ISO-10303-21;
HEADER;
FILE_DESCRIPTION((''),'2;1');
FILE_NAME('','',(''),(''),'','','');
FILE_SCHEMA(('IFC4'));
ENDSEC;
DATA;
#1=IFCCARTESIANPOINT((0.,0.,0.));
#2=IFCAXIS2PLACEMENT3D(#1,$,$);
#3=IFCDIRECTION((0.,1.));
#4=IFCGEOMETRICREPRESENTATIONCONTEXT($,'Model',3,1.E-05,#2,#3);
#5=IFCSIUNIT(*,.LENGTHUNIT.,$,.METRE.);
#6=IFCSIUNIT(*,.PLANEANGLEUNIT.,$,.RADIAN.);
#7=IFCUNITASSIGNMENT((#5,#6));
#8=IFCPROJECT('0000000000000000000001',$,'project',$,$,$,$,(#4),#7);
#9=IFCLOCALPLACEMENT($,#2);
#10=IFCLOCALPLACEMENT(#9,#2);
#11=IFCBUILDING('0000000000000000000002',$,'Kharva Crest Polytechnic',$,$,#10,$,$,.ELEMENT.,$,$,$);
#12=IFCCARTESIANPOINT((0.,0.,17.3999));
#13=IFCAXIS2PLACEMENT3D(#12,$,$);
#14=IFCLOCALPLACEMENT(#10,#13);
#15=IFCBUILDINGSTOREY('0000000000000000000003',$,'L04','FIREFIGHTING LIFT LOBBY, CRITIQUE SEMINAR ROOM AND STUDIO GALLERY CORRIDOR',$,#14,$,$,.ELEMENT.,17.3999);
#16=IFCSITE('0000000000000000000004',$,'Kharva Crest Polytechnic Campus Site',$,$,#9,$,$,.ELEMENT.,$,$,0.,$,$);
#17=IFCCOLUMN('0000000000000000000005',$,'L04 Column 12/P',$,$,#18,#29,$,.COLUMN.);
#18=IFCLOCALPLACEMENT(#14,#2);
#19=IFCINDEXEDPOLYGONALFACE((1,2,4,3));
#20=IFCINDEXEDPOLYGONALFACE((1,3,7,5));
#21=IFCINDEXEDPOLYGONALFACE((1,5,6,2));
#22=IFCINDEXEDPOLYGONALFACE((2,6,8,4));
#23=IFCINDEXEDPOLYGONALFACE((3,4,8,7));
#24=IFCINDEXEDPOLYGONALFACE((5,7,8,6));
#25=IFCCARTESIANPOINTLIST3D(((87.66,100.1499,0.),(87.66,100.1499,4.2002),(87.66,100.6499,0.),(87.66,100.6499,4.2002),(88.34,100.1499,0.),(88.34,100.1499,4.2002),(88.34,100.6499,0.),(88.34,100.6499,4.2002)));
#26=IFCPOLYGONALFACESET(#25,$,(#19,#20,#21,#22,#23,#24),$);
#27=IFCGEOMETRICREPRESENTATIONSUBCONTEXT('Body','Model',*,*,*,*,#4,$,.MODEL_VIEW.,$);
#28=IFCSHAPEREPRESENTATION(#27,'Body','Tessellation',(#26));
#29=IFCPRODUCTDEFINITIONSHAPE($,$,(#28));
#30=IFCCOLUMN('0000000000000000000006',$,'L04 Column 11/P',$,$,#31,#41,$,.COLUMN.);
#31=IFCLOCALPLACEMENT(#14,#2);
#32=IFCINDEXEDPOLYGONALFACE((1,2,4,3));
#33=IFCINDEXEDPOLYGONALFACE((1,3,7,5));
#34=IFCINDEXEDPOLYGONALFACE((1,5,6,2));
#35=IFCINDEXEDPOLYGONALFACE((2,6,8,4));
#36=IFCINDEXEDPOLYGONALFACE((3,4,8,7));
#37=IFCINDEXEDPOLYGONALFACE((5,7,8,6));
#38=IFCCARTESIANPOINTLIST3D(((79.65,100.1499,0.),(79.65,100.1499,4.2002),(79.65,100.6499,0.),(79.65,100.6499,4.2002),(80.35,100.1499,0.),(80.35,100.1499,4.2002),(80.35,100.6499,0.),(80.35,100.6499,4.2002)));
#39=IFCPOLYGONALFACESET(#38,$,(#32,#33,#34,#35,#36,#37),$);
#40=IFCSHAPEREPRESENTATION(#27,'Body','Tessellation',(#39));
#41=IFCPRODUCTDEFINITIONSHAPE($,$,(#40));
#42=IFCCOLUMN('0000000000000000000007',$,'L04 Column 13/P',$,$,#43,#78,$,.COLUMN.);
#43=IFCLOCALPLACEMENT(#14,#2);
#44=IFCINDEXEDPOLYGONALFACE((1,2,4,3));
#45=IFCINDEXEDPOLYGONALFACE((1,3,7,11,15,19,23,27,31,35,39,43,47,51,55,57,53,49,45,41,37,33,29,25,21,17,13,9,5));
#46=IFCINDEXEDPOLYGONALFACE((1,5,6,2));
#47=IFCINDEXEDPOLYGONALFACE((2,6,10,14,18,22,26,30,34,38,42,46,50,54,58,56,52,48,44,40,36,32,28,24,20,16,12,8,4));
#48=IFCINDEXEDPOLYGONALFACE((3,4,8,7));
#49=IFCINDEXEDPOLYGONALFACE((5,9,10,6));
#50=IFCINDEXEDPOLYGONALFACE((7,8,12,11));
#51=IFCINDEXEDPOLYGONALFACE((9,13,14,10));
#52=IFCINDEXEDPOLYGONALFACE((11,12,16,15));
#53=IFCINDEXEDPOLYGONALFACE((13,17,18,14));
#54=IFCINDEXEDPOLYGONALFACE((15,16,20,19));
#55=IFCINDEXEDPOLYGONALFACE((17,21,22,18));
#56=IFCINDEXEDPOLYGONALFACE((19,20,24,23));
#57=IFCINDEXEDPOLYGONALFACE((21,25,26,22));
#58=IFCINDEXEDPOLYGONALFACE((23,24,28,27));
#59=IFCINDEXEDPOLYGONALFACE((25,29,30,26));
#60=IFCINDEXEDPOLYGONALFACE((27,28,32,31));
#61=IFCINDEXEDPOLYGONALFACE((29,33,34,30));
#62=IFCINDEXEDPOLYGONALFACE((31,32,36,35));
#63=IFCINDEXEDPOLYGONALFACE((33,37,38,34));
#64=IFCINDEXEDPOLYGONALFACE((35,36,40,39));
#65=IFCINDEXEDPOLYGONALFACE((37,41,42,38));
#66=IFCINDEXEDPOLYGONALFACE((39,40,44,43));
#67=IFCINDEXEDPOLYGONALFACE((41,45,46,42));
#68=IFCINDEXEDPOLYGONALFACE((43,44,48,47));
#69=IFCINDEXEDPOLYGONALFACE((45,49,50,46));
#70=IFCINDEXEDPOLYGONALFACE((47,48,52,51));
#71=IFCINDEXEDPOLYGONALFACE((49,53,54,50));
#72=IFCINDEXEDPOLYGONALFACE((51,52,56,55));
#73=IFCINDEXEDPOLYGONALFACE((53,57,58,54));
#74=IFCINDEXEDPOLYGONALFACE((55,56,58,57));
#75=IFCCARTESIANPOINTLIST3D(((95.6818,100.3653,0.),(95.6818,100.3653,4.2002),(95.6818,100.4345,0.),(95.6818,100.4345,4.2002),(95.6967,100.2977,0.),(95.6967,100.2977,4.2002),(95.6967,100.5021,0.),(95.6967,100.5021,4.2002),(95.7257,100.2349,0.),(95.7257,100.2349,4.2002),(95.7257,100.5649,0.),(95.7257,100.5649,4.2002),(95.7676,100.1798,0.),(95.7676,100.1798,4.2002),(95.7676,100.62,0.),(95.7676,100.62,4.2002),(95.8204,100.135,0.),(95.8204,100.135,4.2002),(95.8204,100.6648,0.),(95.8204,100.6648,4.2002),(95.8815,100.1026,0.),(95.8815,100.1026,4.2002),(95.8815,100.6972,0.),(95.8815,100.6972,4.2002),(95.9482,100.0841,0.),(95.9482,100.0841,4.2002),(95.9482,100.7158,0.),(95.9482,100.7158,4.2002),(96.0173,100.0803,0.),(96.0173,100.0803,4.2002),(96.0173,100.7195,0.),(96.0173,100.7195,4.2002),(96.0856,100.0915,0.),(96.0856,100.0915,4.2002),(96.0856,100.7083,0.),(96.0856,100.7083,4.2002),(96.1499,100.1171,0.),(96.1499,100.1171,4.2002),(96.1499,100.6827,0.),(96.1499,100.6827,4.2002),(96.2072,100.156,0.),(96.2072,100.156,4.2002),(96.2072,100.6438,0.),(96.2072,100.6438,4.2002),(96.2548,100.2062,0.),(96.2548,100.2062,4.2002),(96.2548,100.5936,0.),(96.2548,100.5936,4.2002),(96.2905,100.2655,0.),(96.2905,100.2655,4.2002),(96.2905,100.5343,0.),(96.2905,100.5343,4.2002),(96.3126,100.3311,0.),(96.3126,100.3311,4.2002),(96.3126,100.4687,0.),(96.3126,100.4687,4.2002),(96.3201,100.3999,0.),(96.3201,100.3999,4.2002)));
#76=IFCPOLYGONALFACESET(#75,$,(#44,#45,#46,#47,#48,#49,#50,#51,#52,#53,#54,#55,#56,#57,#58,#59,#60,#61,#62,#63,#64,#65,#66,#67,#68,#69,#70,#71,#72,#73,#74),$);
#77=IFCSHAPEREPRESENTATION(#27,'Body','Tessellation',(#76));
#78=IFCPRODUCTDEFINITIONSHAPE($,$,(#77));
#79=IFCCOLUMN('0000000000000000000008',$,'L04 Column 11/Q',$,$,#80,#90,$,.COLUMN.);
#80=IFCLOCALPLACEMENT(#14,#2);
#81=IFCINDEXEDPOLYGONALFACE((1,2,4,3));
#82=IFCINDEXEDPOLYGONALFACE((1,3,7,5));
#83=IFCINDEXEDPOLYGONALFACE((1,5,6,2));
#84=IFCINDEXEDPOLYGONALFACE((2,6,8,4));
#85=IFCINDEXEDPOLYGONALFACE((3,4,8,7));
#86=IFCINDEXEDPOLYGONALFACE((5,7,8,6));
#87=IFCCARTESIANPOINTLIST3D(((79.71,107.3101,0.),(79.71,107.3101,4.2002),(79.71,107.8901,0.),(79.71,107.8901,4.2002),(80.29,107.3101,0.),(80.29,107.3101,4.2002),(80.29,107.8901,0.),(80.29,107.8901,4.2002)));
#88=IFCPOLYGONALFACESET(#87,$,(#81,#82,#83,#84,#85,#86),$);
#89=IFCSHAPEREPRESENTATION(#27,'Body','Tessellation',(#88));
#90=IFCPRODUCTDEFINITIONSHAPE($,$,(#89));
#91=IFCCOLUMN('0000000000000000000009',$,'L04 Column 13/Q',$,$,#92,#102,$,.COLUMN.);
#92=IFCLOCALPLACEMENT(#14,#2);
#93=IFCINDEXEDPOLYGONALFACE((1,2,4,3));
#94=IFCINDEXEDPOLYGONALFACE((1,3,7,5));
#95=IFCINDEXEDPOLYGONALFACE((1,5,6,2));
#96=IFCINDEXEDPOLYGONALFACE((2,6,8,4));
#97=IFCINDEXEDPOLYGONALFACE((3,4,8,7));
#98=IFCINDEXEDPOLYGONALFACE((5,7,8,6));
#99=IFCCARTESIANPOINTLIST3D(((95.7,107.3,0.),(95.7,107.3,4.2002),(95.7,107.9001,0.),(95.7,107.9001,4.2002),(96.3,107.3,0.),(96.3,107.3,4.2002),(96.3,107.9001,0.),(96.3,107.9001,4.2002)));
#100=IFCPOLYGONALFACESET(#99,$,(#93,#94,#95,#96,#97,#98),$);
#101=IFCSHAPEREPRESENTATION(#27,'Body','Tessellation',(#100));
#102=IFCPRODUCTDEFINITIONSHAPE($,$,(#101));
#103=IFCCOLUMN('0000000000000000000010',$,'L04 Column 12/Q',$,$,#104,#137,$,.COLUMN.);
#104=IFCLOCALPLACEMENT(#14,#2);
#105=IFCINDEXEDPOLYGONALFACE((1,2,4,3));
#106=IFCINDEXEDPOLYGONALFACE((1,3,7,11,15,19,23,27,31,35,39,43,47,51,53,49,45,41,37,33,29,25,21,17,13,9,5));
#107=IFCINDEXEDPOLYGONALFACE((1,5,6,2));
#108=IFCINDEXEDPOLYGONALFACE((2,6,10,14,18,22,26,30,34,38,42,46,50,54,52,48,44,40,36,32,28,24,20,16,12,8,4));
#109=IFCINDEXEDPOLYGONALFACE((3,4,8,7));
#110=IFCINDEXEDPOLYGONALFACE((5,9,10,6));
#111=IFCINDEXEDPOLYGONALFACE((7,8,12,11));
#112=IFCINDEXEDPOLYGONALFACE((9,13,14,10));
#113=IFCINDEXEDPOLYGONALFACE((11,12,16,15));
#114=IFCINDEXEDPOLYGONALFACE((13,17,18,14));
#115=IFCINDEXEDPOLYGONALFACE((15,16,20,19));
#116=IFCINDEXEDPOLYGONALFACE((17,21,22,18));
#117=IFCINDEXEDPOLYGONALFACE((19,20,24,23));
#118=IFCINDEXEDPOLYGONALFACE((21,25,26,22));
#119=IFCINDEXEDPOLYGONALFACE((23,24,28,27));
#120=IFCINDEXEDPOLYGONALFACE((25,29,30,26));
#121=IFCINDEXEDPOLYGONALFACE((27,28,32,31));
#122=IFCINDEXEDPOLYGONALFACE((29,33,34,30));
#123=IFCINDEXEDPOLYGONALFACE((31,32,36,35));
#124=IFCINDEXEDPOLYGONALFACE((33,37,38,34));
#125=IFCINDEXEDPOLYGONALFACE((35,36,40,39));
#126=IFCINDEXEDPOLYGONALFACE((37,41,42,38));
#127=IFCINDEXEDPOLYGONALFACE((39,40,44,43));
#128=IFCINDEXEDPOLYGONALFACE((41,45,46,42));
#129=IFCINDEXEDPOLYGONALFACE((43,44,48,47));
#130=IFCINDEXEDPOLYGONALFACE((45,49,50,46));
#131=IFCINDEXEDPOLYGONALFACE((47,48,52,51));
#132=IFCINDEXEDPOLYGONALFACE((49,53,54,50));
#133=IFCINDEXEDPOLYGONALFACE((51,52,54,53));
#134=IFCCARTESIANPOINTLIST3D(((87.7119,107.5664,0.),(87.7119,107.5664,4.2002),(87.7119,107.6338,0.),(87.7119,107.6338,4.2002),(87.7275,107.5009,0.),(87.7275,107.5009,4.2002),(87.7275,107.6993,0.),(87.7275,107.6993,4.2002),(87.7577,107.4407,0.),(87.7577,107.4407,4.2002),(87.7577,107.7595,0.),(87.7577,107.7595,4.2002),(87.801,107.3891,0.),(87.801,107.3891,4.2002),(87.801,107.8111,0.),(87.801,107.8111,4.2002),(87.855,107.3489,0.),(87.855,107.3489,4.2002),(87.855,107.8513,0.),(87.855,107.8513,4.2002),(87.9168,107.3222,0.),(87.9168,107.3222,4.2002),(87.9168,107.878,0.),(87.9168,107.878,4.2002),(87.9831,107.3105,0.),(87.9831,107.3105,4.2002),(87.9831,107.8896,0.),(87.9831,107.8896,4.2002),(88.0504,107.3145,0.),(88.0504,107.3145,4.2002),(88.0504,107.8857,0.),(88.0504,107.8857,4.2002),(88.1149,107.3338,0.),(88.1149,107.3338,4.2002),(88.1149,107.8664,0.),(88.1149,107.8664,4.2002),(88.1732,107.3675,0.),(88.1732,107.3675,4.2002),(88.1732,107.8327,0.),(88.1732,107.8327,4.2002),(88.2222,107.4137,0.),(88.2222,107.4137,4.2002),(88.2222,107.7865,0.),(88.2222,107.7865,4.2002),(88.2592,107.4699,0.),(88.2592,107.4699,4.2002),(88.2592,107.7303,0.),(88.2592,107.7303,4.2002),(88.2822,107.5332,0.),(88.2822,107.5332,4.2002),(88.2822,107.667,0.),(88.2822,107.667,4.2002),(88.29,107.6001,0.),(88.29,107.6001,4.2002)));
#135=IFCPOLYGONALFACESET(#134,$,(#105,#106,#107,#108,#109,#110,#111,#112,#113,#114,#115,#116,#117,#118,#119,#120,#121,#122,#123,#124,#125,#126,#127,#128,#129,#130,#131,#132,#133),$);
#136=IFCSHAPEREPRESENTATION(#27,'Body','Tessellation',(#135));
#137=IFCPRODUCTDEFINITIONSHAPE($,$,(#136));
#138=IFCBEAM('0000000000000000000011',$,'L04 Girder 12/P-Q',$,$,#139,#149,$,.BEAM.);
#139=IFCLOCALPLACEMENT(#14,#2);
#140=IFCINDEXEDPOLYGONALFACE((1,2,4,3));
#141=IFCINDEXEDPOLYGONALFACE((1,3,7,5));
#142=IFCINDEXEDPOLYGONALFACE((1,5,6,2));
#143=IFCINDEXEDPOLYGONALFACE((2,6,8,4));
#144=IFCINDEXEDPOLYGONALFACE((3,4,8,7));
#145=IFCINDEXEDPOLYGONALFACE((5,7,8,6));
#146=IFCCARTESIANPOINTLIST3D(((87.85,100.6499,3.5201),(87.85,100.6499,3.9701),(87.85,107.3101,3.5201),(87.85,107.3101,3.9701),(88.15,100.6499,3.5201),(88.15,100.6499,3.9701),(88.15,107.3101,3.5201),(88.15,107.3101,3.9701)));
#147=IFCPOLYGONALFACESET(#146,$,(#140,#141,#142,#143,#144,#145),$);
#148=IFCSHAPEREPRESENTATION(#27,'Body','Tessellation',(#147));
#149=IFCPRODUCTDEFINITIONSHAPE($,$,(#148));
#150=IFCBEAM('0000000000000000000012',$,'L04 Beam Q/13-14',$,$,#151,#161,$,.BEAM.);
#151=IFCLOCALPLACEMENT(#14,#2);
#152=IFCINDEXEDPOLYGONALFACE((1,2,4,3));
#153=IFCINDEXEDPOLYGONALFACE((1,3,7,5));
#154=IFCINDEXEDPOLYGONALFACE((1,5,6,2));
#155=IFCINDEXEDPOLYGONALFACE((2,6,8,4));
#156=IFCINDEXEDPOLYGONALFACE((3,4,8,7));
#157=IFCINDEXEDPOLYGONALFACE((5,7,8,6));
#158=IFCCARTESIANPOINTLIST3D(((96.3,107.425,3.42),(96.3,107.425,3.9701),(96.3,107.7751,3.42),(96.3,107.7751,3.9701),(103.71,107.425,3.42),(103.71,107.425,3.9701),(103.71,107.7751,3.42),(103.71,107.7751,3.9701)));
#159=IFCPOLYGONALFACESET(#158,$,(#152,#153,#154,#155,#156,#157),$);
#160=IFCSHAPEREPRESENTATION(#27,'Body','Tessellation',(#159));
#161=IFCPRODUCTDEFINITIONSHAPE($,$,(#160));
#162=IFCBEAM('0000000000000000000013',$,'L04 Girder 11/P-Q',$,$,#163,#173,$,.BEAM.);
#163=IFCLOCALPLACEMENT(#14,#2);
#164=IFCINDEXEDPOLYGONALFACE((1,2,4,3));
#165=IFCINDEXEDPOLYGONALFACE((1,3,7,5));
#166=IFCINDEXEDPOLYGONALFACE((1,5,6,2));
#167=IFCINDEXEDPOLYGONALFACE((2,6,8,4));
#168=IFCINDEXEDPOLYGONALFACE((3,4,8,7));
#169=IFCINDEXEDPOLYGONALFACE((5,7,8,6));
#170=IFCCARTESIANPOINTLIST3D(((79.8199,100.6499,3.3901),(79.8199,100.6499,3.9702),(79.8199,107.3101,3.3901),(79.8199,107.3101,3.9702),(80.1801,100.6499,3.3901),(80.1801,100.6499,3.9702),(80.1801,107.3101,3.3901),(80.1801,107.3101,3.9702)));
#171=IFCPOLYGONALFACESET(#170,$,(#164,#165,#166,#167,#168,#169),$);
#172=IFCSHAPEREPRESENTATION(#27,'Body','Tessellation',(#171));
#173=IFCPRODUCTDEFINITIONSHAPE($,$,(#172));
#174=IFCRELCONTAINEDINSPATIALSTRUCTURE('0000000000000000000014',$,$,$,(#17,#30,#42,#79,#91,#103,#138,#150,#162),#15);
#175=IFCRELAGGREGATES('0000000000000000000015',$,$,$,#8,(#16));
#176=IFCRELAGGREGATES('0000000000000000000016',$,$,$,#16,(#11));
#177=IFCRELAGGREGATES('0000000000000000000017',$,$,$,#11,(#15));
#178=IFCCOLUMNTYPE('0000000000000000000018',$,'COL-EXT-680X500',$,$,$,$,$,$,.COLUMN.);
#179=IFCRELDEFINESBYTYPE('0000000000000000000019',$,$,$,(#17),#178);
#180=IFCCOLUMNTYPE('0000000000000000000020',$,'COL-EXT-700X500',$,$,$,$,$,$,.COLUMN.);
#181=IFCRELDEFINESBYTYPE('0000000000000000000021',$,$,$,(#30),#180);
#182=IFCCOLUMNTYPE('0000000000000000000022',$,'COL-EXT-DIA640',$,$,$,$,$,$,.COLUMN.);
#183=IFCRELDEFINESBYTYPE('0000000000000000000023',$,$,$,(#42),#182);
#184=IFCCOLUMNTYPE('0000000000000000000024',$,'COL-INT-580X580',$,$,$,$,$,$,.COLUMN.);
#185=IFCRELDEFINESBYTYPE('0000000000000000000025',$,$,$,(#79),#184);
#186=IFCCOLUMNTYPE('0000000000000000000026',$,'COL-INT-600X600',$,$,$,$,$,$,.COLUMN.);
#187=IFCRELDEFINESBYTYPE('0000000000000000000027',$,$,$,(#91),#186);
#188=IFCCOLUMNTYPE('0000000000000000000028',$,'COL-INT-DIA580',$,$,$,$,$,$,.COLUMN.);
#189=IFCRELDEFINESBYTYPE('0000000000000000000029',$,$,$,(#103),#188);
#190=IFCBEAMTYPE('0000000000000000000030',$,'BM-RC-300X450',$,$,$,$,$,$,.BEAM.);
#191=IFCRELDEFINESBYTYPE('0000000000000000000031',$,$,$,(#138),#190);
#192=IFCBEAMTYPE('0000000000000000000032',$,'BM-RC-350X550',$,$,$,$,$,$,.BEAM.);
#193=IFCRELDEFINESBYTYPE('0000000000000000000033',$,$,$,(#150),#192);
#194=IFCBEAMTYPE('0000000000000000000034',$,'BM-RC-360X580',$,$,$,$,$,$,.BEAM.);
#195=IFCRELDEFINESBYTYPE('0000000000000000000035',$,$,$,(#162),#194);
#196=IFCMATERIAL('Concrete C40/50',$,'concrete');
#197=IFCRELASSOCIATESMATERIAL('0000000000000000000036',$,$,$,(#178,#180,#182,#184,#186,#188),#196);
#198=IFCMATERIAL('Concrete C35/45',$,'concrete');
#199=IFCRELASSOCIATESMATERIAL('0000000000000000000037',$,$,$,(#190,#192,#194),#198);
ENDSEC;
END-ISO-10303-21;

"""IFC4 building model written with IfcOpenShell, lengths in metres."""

from ifc_helpers import new_model, si_unit, direction, frame, origin, origin_2d, place, context, subcontext, project, spatial, rectangle, circle, extrude, material, material_profile, profile_set, type_object, element, save


model = new_model("IFC4")

# Units and contexts
model_context = context("Model", 3, precision=1e-05, world=origin(), true_north=direction((0.0, 1.0)))
body_context = subcontext(model_context, "Body", "Model", "MODEL_VIEW")
ifc_project = project(units=[si_unit("LENGTHUNIT", "METRE"), si_unit("PLANEANGLEUNIT", "RADIAN")], contexts=[model_context])

# Site, building, storey
site_placement = place(None, origin())
site = spatial("IfcSite", under=ifc_project, at=site_placement, Name="Kharva Crest Polytechnic Campus Site", CompositionType="ELEMENT", RefElevation=0.0)
building_placement = place(site_placement, origin())
building = spatial("IfcBuilding", under=site, at=building_placement, Name="Kharva Crest Polytechnic", CompositionType="ELEMENT")
storey_placement = place(building_placement, frame((0.0, 0.0, 17.3999)))
storey = spatial("IfcBuildingStorey", under=building, at=storey_placement, Name="L04", Description="FIREFIGHTING LIFT LOBBY, CRITIQUE SEMINAR ROOM AND STUDIO GALLERY CORRIDOR", CompositionType="ELEMENT", Elevation=17.3999)

# Columns
ifc_material_1 = material(Name="Concrete C40/50", Category="concrete")
ifc_material_profile_1 = material_profile(ifc_material_1, rectangle(XDim=0.6799, YDim=0.5, at=origin_2d()), Name="RECT 680 X 500")
ifc_profile_set_1 = profile_set([ifc_material_profile_1], Name="Concrete C40/50")
column_type_1 = type_object("IfcColumnType", Name="COL-EXT-680X500", PredefinedType="COLUMN", material=ifc_profile_set_1)
column_1_placement = place(storey_placement, frame((88.0, 100.3999, 0.0), z_axis=(0.0, 0.0, 1.0), x_axis=(1.0, 0.0, 0.0)))
element("IfcColumn", 1, at=column_1_placement, inside=storey, type_object=column_type_1, Name="L04 Column 12/P", PredefinedType="COLUMN", context=body_context, shape_type="SweptSolid", body=[
    extrude(rectangle(XDim=0.6799, YDim=0.5, at=origin_2d()), origin(), (0.0, 0.0, 1.0), 4.2002),
])
ifc_material_profile_2 = material_profile(ifc_material_1, rectangle(XDim=0.7, YDim=0.5, at=origin_2d()), Name="RECT 700 X 500")
ifc_profile_set_2 = profile_set([ifc_material_profile_2], Name="Concrete C40/50")
column_type_2 = type_object("IfcColumnType", Name="COL-EXT-700X500", PredefinedType="COLUMN", material=ifc_profile_set_2)
column_2_placement = place(storey_placement, frame((80.0, 100.3999, 0.0), z_axis=(0.0, 0.0, 1.0), x_axis=(1.0, 0.0, 0.0)))
element("IfcColumn", 2, at=column_2_placement, inside=storey, type_object=column_type_2, Name="L04 Column 11/P", PredefinedType="COLUMN", context=body_context, shape_type="SweptSolid", body=[
    extrude(rectangle(XDim=0.7, YDim=0.5, at=origin_2d()), origin(), (0.0, 0.0, 1.0), 4.2002),
])
ifc_material_profile_3 = material_profile(ifc_material_1, circle(Radius=0.3201, at=origin_2d()), Name="DIA 640")
ifc_profile_set_3 = profile_set([ifc_material_profile_3], Name="Concrete C40/50")
column_type_3 = type_object("IfcColumnType", Name="COL-EXT-DIA640", PredefinedType="COLUMN", material=ifc_profile_set_3)
column_3_placement = place(storey_placement, frame((96.0, 100.3999, 0.0), z_axis=(0.0, 0.0, 1.0), x_axis=(1.0, 0.0, 0.0)))
element("IfcColumn", 3, at=column_3_placement, inside=storey, type_object=column_type_3, Name="L04 Column 13/P", PredefinedType="COLUMN", context=body_context, shape_type="SweptSolid", body=[
    extrude(circle(Radius=0.3201, at=origin_2d()), origin(), (0.0, 0.0, 1.0), 4.2002),
])
ifc_material_profile_4 = material_profile(ifc_material_1, rectangle(XDim=0.5801, YDim=0.5801, at=origin_2d()), Name="RECT 580 X 580")
ifc_profile_set_4 = profile_set([ifc_material_profile_4], Name="Concrete C40/50")
column_type_4 = type_object("IfcColumnType", Name="COL-INT-580X580", PredefinedType="COLUMN", material=ifc_profile_set_4)
column_4_placement = place(storey_placement, frame((80.0, 107.6001, 0.0), z_axis=(0.0, 0.0, 1.0), x_axis=(1.0, 0.0, 0.0)))
element("IfcColumn", 4, at=column_4_placement, inside=storey, type_object=column_type_4, Name="L04 Column 11/Q", PredefinedType="COLUMN", context=body_context, shape_type="SweptSolid", body=[
    extrude(rectangle(XDim=0.5801, YDim=0.5801, at=origin_2d()), origin(), (0.0, 0.0, 1.0), 4.2002),
])
ifc_material_profile_5 = material_profile(ifc_material_1, rectangle(XDim=0.6001, YDim=0.6001, at=origin_2d()), Name="RECT 600 X 600")
ifc_profile_set_5 = profile_set([ifc_material_profile_5], Name="Concrete C40/50")
column_type_5 = type_object("IfcColumnType", Name="COL-INT-600X600", PredefinedType="COLUMN", material=ifc_profile_set_5)
column_5_placement = place(storey_placement, frame((96.0, 107.6001, 0.0), z_axis=(0.0, 0.0, 1.0), x_axis=(1.0, 0.0, 0.0)))
element("IfcColumn", 5, at=column_5_placement, inside=storey, type_object=column_type_5, Name="L04 Column 13/Q", PredefinedType="COLUMN", context=body_context, shape_type="SweptSolid", body=[
    extrude(rectangle(XDim=0.6001, YDim=0.6001, at=origin_2d()), origin(), (0.0, 0.0, 1.0), 4.2002),
])
ifc_material_profile_6 = material_profile(ifc_material_1, circle(Radius=0.29, at=origin_2d()), Name="DIA 580")
ifc_profile_set_6 = profile_set([ifc_material_profile_6], Name="Concrete C40/50")
column_type_6 = type_object("IfcColumnType", Name="COL-INT-DIA580", PredefinedType="COLUMN", material=ifc_profile_set_6)
column_6_placement = place(storey_placement, frame((88.0, 107.6001, 0.0), z_axis=(0.0, 0.0, 1.0), x_axis=(1.0, 0.0, 0.0)))
element("IfcColumn", 6, at=column_6_placement, inside=storey, type_object=column_type_6, Name="L04 Column 12/Q", PredefinedType="COLUMN", context=body_context, shape_type="SweptSolid", body=[
    extrude(circle(Radius=0.29, at=origin_2d()), origin(), (0.0, 0.0, 1.0), 4.2002),
])

# Beams
ifc_material_2 = material(Name="Concrete C35/45", Category="concrete")
ifc_material_profile_7 = material_profile(ifc_material_2, rectangle(XDim=0.3, YDim=0.45, at=origin_2d()), Name="RECT 300 X 450")
ifc_profile_set_7 = profile_set([ifc_material_profile_7], Name="Concrete C35/45")
beam_type_1 = type_object("IfcBeamType", Name="BM-RC-300X450", PredefinedType="BEAM", material=ifc_profile_set_7)
beam_1_placement = place(storey_placement, frame((88.0, 100.6499, 3.7451), z_axis=(0.0, 1.0, 0.0), x_axis=(-1.0, 0.0, 0.0)))
element("IfcBeam", 7, at=beam_1_placement, inside=storey, type_object=beam_type_1, Name="L04 Girder 12/P-Q", PredefinedType="BEAM", context=body_context, shape_type="SweptSolid", body=[
    extrude(rectangle(XDim=0.3, YDim=0.45, at=origin_2d()), origin(), (0.0, 0.0, 1.0), 6.6602),
])
ifc_material_profile_8 = material_profile(ifc_material_2, rectangle(XDim=0.3501, YDim=0.55, at=origin_2d()), Name="RECT 350 X 550")
ifc_profile_set_8 = profile_set([ifc_material_profile_8], Name="Concrete C35/45")
beam_type_2 = type_object("IfcBeamType", Name="BM-RC-350X550", PredefinedType="BEAM", material=ifc_profile_set_8)
beam_2_placement = place(storey_placement, frame((96.3, 107.6001, 3.6951), z_axis=(1.0, 0.0, 0.0), x_axis=(0.0, 1.0, 0.0)))
element("IfcBeam", 8, at=beam_2_placement, inside=storey, type_object=beam_type_2, Name="L04 Beam Q/13-14", PredefinedType="BEAM", context=body_context, shape_type="SweptSolid", body=[
    extrude(rectangle(XDim=0.3501, YDim=0.55, at=origin_2d()), origin(), (0.0, 0.0, 1.0), 7.4099),
])
ifc_material_profile_9 = material_profile(ifc_material_2, rectangle(XDim=0.3601, YDim=0.5801, at=origin_2d()), Name="RECT 360 X 580")
ifc_profile_set_9 = profile_set([ifc_material_profile_9], Name="Concrete C35/45")
beam_type_3 = type_object("IfcBeamType", Name="BM-RC-360X580", PredefinedType="BEAM", material=ifc_profile_set_9)
beam_3_placement = place(storey_placement, frame((80.0, 100.6499, 3.6802), z_axis=(0.0, 1.0, 0.0), x_axis=(-1.0, 0.0, 0.0)))
element("IfcBeam", 9, at=beam_3_placement, inside=storey, type_object=beam_type_3, Name="L04 Girder 11/P-Q", PredefinedType="BEAM", context=body_context, shape_type="SweptSolid", body=[
    extrude(rectangle(XDim=0.3601, YDim=0.5801, at=origin_2d()), origin(), (0.0, 0.0, 1.0), 6.6602),
])

save(model, "model.ifc")
